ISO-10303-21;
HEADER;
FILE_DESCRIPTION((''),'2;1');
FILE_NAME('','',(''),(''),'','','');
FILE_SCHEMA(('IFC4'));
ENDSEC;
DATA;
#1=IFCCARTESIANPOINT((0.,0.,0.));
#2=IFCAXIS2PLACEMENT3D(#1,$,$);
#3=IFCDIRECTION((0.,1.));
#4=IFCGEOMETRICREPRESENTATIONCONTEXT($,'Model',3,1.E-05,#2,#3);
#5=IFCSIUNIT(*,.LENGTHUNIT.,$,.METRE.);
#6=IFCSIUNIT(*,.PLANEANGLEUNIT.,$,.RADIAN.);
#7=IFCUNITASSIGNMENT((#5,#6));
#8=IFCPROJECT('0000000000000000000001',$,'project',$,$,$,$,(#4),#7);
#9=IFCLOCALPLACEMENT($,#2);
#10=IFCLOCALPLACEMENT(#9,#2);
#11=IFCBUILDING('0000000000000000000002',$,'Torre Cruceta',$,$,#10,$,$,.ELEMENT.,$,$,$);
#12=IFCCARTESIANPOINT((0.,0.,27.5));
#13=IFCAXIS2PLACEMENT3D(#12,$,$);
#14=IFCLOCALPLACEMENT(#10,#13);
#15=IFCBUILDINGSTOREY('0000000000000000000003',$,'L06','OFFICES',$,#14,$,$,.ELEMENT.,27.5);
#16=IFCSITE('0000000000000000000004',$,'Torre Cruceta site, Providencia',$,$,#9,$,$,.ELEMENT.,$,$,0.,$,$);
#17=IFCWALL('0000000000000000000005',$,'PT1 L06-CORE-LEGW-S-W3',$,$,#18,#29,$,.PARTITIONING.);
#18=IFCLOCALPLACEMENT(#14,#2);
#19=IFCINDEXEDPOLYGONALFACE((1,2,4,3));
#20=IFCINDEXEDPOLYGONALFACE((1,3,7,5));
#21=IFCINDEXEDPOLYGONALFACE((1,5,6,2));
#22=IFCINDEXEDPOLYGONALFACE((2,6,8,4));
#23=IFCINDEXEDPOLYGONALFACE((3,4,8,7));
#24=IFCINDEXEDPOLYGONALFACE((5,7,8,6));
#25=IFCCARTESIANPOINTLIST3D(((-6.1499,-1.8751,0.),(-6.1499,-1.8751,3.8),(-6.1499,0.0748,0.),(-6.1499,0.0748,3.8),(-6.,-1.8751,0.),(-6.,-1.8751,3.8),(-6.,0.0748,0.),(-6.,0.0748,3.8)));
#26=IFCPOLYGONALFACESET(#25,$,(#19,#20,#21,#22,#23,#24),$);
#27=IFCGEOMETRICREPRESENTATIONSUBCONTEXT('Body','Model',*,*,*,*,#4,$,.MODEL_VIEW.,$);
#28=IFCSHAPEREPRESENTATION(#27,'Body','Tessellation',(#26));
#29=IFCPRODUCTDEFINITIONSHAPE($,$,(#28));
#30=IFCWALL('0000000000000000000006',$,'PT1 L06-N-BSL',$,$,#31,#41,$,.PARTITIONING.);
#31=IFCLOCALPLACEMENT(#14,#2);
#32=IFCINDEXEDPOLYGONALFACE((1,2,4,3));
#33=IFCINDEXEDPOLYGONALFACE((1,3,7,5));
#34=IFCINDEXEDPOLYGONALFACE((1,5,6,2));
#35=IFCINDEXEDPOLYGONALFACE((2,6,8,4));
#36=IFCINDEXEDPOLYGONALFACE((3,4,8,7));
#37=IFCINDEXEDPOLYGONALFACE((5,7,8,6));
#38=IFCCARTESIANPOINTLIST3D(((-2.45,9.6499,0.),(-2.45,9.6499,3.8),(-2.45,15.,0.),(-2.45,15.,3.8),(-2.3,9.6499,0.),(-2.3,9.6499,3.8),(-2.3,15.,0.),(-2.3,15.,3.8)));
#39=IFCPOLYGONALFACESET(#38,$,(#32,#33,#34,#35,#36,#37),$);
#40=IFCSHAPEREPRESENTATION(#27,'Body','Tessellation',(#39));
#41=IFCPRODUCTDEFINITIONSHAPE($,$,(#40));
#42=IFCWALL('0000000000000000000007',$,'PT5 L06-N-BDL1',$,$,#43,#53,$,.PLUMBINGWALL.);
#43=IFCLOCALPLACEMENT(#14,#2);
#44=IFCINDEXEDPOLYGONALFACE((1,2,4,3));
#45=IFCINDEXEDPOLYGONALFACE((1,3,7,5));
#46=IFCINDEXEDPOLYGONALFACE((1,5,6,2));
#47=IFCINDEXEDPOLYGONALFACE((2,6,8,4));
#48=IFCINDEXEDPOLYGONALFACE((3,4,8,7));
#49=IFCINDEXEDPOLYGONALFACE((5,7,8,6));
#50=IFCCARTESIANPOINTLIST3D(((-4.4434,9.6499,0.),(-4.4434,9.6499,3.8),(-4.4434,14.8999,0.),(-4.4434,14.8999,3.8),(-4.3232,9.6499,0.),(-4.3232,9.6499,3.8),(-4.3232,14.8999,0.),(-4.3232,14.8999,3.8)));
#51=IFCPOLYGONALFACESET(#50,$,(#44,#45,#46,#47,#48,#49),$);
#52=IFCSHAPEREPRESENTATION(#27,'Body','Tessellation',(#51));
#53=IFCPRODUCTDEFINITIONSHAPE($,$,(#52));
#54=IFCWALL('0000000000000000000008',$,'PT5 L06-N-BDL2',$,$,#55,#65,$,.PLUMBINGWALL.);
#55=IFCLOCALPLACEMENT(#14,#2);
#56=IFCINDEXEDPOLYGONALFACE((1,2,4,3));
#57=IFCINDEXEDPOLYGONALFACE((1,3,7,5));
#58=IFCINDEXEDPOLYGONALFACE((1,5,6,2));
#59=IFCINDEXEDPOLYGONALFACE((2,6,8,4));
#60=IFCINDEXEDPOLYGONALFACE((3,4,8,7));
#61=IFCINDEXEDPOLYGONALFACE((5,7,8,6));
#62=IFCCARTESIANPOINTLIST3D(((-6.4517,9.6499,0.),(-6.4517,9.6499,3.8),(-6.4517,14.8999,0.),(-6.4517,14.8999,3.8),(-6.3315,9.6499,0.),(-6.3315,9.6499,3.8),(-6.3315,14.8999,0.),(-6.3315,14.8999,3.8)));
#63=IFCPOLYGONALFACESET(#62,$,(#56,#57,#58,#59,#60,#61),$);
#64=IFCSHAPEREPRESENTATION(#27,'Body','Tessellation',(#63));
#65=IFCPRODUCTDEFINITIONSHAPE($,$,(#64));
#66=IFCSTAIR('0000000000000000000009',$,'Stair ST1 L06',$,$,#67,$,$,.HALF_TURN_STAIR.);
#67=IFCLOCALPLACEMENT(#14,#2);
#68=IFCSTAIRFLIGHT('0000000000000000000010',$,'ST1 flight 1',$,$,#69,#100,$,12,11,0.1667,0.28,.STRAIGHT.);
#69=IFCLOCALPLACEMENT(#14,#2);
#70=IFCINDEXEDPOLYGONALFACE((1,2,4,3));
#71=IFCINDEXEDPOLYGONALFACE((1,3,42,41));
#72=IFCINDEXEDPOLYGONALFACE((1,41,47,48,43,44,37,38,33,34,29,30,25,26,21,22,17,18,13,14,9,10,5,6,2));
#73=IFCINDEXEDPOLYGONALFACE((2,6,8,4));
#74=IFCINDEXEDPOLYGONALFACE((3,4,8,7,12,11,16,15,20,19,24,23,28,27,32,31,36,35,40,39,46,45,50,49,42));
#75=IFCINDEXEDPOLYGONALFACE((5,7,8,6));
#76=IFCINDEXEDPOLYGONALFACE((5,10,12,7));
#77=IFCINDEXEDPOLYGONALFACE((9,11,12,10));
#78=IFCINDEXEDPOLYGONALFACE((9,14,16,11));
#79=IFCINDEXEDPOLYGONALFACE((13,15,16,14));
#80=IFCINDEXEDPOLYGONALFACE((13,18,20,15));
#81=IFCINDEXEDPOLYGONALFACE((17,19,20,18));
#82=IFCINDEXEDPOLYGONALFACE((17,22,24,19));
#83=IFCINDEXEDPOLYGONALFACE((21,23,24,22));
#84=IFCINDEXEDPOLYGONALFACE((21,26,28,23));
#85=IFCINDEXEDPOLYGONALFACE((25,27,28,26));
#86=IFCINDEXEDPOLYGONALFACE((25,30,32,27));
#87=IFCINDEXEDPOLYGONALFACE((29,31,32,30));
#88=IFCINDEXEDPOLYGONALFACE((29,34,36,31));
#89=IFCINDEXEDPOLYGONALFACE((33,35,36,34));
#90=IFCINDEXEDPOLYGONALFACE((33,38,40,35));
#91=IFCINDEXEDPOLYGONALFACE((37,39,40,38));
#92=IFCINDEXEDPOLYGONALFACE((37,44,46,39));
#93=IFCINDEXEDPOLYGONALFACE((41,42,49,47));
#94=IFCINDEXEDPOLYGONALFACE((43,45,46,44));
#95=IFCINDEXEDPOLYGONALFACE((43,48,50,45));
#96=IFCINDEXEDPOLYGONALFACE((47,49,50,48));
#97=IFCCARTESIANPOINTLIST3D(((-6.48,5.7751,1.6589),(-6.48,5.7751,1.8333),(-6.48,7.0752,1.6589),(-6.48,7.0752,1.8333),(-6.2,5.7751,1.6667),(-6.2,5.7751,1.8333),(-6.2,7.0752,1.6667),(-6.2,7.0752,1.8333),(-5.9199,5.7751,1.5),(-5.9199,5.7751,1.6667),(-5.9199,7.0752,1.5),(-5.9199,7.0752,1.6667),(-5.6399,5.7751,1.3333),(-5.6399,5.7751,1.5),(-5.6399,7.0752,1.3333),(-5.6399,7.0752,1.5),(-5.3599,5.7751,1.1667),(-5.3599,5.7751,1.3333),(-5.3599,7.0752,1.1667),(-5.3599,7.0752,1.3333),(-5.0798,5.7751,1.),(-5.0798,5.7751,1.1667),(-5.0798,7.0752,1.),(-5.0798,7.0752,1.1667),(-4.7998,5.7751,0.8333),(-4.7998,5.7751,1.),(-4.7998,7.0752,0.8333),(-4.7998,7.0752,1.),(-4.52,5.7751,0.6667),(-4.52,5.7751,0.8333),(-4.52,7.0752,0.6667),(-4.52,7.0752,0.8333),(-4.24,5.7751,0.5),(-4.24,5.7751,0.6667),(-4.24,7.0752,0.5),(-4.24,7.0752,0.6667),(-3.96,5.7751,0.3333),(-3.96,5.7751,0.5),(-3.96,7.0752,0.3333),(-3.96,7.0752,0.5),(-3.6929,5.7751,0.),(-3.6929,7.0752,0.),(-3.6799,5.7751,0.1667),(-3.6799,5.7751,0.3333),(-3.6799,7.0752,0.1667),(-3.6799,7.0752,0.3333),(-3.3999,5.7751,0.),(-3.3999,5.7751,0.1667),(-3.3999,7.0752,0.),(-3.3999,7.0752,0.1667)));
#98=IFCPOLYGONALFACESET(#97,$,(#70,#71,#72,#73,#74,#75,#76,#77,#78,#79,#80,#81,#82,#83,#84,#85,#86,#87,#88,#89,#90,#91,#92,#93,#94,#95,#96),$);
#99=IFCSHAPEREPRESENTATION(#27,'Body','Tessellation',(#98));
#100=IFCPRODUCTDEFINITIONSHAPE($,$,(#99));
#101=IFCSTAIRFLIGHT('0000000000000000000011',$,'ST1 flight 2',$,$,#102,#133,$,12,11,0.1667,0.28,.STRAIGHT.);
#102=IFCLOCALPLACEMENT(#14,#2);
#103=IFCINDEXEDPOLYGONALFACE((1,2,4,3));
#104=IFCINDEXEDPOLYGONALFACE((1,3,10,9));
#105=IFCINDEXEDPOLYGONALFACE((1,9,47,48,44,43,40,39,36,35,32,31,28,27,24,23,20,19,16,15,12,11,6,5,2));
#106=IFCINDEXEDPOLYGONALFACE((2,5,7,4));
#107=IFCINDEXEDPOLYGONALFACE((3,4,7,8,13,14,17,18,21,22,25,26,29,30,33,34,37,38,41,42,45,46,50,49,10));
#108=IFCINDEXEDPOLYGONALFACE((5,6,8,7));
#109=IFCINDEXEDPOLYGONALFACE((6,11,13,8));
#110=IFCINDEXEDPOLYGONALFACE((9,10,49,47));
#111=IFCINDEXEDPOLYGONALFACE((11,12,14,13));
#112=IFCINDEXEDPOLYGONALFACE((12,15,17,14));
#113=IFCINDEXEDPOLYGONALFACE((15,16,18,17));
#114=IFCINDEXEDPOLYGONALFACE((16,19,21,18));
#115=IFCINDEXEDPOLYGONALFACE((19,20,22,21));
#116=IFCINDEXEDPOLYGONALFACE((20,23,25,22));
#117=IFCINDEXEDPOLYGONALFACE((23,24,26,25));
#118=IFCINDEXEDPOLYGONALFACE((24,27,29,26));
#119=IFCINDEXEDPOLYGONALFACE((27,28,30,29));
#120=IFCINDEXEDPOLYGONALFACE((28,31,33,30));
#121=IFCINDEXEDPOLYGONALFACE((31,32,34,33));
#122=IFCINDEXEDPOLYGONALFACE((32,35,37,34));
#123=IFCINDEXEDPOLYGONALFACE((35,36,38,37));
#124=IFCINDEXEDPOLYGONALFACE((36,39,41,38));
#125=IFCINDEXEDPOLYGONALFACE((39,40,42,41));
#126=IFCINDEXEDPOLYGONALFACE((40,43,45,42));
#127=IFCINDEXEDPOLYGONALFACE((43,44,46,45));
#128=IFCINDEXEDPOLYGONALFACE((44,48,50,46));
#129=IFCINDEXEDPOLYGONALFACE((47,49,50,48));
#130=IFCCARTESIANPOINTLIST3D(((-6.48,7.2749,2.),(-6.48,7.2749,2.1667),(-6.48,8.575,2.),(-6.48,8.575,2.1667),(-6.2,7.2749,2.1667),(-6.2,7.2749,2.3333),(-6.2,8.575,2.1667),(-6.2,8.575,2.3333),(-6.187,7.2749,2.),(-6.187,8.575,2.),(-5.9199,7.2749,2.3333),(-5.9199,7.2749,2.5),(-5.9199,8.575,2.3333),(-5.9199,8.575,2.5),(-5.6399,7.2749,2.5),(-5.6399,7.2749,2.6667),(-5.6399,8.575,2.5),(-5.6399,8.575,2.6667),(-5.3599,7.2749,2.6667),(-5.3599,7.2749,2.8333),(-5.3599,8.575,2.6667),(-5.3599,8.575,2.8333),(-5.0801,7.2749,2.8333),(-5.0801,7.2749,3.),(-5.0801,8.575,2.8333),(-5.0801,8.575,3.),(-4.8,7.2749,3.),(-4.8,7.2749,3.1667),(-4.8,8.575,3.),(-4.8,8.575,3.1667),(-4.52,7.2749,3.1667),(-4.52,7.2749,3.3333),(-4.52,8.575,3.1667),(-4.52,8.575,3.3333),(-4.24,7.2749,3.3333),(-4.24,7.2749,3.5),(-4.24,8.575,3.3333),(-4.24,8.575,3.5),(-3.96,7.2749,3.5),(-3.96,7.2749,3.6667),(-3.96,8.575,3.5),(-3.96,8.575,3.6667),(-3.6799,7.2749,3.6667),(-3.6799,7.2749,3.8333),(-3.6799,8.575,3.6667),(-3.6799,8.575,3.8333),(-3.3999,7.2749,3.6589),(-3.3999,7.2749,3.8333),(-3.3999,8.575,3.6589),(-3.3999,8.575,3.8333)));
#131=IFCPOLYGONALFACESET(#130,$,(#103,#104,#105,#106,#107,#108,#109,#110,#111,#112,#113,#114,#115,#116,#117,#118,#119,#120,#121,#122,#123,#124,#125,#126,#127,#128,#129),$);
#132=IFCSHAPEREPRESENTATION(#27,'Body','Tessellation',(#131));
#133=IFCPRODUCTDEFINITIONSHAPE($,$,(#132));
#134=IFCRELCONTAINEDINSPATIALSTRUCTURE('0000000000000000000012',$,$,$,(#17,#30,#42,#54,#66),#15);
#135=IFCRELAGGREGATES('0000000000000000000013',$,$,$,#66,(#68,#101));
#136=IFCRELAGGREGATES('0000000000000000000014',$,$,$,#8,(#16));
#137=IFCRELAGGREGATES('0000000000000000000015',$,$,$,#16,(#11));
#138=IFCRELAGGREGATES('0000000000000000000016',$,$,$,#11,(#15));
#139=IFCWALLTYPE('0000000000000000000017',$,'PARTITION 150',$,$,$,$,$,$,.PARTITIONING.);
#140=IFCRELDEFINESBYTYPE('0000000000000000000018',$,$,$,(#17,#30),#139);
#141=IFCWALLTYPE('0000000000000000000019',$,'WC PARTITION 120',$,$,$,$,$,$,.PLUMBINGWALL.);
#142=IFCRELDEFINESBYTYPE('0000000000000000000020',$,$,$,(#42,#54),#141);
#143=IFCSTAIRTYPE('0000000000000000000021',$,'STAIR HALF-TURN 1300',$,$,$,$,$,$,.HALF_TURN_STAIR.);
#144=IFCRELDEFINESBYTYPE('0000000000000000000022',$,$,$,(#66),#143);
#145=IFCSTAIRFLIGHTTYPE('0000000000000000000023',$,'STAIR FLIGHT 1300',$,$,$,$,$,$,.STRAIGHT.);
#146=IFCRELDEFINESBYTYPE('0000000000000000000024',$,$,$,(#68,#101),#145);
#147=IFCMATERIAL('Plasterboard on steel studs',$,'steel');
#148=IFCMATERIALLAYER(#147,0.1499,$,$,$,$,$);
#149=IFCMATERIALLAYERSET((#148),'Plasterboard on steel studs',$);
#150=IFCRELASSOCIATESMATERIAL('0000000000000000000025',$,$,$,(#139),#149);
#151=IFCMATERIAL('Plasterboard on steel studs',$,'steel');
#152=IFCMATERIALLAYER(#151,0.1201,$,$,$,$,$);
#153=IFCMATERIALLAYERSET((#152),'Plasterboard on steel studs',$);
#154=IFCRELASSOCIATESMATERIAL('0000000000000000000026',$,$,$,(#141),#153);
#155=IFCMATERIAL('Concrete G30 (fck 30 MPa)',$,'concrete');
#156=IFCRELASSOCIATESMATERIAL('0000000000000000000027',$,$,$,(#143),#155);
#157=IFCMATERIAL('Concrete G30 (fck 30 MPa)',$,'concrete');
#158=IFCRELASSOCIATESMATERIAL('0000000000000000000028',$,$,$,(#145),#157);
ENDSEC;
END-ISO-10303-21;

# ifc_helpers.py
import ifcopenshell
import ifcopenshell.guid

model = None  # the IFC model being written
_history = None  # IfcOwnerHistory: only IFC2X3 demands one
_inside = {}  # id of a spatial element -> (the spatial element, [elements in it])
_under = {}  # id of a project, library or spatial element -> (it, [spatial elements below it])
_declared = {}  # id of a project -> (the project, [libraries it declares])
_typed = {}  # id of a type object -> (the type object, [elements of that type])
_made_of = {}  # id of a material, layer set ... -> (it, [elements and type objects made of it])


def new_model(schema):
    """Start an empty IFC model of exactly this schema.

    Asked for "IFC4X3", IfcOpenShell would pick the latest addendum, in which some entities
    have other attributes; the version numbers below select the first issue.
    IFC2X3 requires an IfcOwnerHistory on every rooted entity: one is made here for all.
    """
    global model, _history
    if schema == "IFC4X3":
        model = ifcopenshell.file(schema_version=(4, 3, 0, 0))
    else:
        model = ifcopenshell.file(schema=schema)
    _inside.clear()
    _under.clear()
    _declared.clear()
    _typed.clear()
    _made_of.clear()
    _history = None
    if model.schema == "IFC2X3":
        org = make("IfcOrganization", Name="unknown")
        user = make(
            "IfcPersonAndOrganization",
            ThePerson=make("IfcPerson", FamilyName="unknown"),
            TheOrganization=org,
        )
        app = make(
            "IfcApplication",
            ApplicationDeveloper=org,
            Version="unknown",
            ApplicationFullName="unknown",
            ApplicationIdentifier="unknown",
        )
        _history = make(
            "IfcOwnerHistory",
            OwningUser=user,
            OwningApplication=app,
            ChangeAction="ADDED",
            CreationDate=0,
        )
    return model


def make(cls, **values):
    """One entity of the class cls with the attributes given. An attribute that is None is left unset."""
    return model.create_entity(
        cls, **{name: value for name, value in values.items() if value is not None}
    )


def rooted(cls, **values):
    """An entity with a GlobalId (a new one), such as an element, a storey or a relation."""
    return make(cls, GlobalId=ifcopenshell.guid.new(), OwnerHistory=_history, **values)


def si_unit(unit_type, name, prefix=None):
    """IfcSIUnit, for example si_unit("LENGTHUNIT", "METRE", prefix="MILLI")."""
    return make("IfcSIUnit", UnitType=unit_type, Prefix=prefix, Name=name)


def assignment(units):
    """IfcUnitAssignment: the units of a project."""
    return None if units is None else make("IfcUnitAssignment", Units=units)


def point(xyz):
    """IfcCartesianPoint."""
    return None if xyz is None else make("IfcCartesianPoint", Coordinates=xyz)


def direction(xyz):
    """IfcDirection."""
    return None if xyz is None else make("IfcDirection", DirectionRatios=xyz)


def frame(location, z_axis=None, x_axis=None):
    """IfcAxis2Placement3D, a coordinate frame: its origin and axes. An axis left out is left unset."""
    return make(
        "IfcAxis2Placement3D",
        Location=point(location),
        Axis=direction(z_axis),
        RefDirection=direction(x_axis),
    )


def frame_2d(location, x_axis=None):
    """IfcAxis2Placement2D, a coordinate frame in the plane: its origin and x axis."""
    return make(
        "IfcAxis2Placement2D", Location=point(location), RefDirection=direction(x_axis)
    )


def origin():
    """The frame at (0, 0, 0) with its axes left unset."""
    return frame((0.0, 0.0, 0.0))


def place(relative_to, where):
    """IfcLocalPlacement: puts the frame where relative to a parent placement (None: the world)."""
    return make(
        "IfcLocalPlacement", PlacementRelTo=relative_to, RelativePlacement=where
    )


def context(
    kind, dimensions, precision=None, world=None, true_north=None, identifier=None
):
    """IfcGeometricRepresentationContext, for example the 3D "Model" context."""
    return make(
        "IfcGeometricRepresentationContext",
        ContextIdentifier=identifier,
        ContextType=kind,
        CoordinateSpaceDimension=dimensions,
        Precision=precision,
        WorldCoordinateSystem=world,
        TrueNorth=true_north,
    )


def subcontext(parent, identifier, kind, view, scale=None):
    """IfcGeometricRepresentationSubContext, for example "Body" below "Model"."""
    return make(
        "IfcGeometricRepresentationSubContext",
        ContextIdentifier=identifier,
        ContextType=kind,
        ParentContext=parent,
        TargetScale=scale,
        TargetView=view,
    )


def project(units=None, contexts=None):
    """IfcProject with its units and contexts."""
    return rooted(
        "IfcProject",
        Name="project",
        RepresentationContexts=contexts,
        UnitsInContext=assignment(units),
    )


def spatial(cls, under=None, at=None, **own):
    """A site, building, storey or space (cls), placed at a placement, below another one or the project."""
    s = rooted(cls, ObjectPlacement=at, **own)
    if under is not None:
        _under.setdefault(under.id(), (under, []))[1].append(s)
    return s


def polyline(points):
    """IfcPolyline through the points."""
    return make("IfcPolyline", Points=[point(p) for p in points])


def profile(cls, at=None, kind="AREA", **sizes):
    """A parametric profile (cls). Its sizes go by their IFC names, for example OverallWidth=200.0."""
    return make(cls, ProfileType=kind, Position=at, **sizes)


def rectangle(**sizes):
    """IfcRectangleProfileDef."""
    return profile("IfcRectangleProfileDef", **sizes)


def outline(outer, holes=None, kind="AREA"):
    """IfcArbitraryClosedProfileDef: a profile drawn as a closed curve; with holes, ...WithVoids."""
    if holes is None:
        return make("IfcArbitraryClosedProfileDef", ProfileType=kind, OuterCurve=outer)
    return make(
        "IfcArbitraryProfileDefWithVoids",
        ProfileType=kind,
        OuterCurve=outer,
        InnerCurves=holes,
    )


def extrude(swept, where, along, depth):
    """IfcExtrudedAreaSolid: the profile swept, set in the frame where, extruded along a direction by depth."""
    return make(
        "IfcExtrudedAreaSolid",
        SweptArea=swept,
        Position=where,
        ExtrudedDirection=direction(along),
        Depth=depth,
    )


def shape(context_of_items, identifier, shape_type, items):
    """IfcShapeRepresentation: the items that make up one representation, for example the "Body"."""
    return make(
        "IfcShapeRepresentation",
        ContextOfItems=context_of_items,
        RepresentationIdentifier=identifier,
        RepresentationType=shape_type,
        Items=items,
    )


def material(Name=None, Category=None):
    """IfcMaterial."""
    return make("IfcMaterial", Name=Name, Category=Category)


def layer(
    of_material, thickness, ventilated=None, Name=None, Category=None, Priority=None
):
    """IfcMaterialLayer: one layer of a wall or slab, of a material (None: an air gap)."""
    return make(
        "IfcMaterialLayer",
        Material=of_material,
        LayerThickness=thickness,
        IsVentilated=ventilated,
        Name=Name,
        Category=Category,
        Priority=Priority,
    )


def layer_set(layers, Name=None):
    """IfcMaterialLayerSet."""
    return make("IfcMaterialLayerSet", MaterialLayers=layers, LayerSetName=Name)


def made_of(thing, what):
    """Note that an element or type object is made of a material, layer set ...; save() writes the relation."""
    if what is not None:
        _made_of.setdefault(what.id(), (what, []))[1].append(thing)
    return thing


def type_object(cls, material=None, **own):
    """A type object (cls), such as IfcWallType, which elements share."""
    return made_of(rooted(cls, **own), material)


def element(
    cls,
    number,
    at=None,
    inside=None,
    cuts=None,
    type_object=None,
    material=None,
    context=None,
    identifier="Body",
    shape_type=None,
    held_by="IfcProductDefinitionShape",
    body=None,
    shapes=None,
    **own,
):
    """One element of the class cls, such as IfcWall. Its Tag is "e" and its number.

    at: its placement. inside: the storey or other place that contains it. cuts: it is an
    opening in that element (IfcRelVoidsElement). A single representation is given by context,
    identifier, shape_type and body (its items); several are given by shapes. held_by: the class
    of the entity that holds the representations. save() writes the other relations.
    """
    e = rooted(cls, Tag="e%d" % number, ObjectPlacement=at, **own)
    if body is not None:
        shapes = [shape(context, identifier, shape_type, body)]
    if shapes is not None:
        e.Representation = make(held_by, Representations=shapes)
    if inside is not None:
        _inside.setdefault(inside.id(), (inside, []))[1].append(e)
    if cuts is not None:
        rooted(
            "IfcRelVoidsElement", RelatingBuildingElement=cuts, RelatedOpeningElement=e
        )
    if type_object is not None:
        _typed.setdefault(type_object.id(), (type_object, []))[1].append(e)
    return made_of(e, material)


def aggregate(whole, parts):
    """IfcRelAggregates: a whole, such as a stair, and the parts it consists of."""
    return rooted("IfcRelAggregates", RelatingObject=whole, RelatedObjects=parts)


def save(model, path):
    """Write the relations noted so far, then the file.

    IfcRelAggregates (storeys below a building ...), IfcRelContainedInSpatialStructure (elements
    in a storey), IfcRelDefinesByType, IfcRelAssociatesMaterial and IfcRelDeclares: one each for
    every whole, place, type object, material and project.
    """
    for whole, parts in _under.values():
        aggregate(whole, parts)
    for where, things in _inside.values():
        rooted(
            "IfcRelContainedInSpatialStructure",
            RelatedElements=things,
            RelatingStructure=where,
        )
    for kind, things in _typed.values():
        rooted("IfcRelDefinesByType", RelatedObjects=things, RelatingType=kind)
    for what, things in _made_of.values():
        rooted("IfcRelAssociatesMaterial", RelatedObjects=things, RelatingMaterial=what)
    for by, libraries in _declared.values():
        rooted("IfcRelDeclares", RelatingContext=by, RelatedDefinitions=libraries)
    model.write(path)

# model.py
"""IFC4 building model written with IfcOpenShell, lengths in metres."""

from ifc_helpers import new_model, si_unit, direction, frame, frame_2d, origin, place, context, subcontext, project, spatial, polyline, rectangle, outline, extrude, material, layer, layer_set, type_object, element, aggregate, save


model = new_model("IFC4")

# Units and contexts
model_context = context("Model", 3, precision=1e-05, world=origin(), true_north=direction((0.0, 1.0)))
body_context = subcontext(model_context, "Body", "Model", "MODEL_VIEW")
ifc_project = project(units=[si_unit("LENGTHUNIT", "METRE"), si_unit("PLANEANGLEUNIT", "RADIAN")], contexts=[model_context])

# Site, building, storey
site_placement = place(None, origin())
site = spatial("IfcSite", under=ifc_project, at=site_placement, Name="Torre Cruceta site, Providencia", CompositionType="ELEMENT", RefElevation=0.0)
building_placement = place(site_placement, origin())
building = spatial("IfcBuilding", under=site, at=building_placement, Name="Torre Cruceta", CompositionType="ELEMENT")
storey_placement = place(building_placement, frame((0.0, 0.0, 27.5)))
storey = spatial("IfcBuildingStorey", under=building, at=storey_placement, Name="L06", Description="OFFICES", CompositionType="ELEMENT", Elevation=27.5)

# Walls
ifc_material_1 = material(Name="Plasterboard on steel studs", Category="steel")
ifc_layer_1 = layer(ifc_material_1, 0.1499)
ifc_layer_set_1 = layer_set([ifc_layer_1], Name="Plasterboard on steel studs")
wall_type_1 = type_object("IfcWallType", Name="PARTITION 150", PredefinedType="PARTITIONING", material=ifc_layer_set_1)
wall_1_placement = place(storey_placement, frame((-6.075, 0.075, 0.0), z_axis=(0.0, 0.0, 1.0), x_axis=(0.0, -1.0, 0.0)))
element("IfcWall", 1, at=wall_1_placement, inside=storey, type_object=wall_type_1, Name="PT1 L06-CORE-LEGW-S-W3", PredefinedType="PARTITIONING", context=body_context, shape_type="SweptSolid", body=[
    extrude(rectangle(XDim=1.95, YDim=0.1499, at=frame_2d((0.9751, 0.0))), origin(), (0.0, 0.0, 1.0), 3.8),
])
wall_2_placement = place(storey_placement, frame((-2.375, 9.6499, 0.0), z_axis=(0.0, 0.0, 1.0), x_axis=(0.0, 1.0, 0.0)))
element("IfcWall", 2, at=wall_2_placement, inside=storey, type_object=wall_type_1, Name="PT1 L06-N-BSL", PredefinedType="PARTITIONING", context=body_context, shape_type="SweptSolid", body=[
    extrude(rectangle(XDim=5.3501, YDim=0.1499, at=frame_2d((2.675, 0.0))), origin(), (0.0, 0.0, 1.0), 3.8),
])
ifc_material_2 = material(Name="Plasterboard on steel studs", Category="steel")
ifc_layer_2 = layer(ifc_material_2, 0.1201)
ifc_layer_set_2 = layer_set([ifc_layer_2], Name="Plasterboard on steel studs")
wall_type_2 = type_object("IfcWallType", Name="WC PARTITION 120", PredefinedType="PLUMBINGWALL", material=ifc_layer_set_2)
for number, where, z_axis, x_axis, name in (
    (3, (-4.3833, 9.6499, 0.0), (0.0, 0.0, 1.0), (0.0, 1.0, 0.0), "PT5 L06-N-BDL1"),
    (4, (-6.3916, 9.6499, 0.0), (0.0, 0.0, 1.0), (0.0, 1.0, 0.0), "PT5 L06-N-BDL2"),
):
    element("IfcWall", number, at=place(storey_placement, frame(where, z_axis=z_axis, x_axis=x_axis)), inside=storey, type_object=wall_type_2, Name=name, PredefinedType="PLUMBINGWALL", context=body_context, shape_type="SweptSolid", body=[
        extrude(rectangle(XDim=5.25, YDim=0.1201, at=frame_2d((2.625, 0.0))), origin(), (0.0, 0.0, 1.0), 3.8),
    ])

# Stair, stair flights
ifc_material_3 = material(Name="Concrete G30 (fck 30 MPa)", Category="concrete")
stair_type = type_object("IfcStairType", Name="STAIR HALF-TURN 1300", PredefinedType="HALF_TURN_STAIR", material=ifc_material_3)
stair_placement = place(storey_placement, origin())
stair = element("IfcStair", 5, at=stair_placement, inside=storey, type_object=stair_type, Name="Stair ST1 L06", PredefinedType="HALF_TURN_STAIR")
ifc_material_4 = material(Name="Concrete G30 (fck 30 MPa)", Category="concrete")
stair_flight_type = type_object("IfcStairFlightType", Name="STAIR FLIGHT 1300", PredefinedType="STRAIGHT", material=ifc_material_4)
stair_flight_1_placement = place(storey_placement, frame((-3.3999, 6.425, 0.0), z_axis=(0.0, 0.0, 1.0), x_axis=(-1.0, 0.0, 0.0)))
stair_flight_1 = element("IfcStairFlight", 6, at=stair_flight_1_placement, type_object=stair_flight_type, Name="ST1 flight 1", NumberOfRisers=12, NumberOfTreads=11, PredefinedType="STRAIGHT", RiserHeight=0.1667, TreadLength=0.28, context=body_context, shape_type="SweptSolid", body=[
    extrude(outline(polyline([(0.0, 0.0), (0.0, 0.1667), (0.28, 0.1667), (0.28, 0.3333), (0.5601, 0.3333), (0.5601, 0.5), (0.8401, 0.5), (0.8401, 0.6667), (1.1201, 0.6667), (1.1201, 0.8333), (1.3999, 0.8333), (1.3999, 1.0), (1.6799, 1.0), (1.6799, 1.1667), (1.96, 1.1667), (1.96, 1.3333), (2.24, 1.3333), (2.24, 1.5), (2.52, 1.5), (2.52, 1.6667), (2.8, 1.6667), (2.8, 1.8333), (3.0801, 1.8333), (3.0801, 2.0), (3.0801, 1.6589), (0.293, 0.0), (0.0, 0.0)])), frame((0.0, 0.6499, 0.0), z_axis=(0.0, -1.0, 0.0), x_axis=(1.0, 0.0, 0.0)), (0.0, 0.0, 1.0), 1.3),
])
stair_flight_2_placement = place(storey_placement, frame((-6.48, 7.925, 2.0), z_axis=(0.0, 0.0, 1.0), x_axis=(1.0, 0.0, 0.0)))
stair_flight_2 = element("IfcStairFlight", 7, at=stair_flight_2_placement, type_object=stair_flight_type, Name="ST1 flight 2", NumberOfRisers=12, NumberOfTreads=11, PredefinedType="STRAIGHT", RiserHeight=0.1667, TreadLength=0.28, context=body_context, shape_type="SweptSolid", body=[
    extrude(outline(polyline([(0.0, 0.0), (0.0, 0.1667), (0.28, 0.1667), (0.28, 0.3333), (0.5601, 0.3333), (0.5601, 0.5), (0.8401, 0.5), (0.8401, 0.6667), (1.1201, 0.6667), (1.1201, 0.8333), (1.3999, 0.8333), (1.3999, 1.0), (1.6799, 1.0), (1.6799, 1.1667), (1.96, 1.1667), (1.96, 1.3333), (2.24, 1.3333), (2.24, 1.5), (2.52, 1.5), (2.52, 1.6667), (2.8, 1.6667), (2.8, 1.8333), (3.0801, 1.8333), (3.0801, 2.0), (3.0801, 1.6589), (0.293, 0.0), (0.0, 0.0)])), frame((0.0, 0.6499, 0.0), z_axis=(0.0, -1.0, 0.0), x_axis=(1.0, 0.0, 0.0)), (0.0, 0.0, 1.0), 1.3),
])
aggregate(stair, [stair_flight_1, stair_flight_2])

save(model, "model.ifc")
